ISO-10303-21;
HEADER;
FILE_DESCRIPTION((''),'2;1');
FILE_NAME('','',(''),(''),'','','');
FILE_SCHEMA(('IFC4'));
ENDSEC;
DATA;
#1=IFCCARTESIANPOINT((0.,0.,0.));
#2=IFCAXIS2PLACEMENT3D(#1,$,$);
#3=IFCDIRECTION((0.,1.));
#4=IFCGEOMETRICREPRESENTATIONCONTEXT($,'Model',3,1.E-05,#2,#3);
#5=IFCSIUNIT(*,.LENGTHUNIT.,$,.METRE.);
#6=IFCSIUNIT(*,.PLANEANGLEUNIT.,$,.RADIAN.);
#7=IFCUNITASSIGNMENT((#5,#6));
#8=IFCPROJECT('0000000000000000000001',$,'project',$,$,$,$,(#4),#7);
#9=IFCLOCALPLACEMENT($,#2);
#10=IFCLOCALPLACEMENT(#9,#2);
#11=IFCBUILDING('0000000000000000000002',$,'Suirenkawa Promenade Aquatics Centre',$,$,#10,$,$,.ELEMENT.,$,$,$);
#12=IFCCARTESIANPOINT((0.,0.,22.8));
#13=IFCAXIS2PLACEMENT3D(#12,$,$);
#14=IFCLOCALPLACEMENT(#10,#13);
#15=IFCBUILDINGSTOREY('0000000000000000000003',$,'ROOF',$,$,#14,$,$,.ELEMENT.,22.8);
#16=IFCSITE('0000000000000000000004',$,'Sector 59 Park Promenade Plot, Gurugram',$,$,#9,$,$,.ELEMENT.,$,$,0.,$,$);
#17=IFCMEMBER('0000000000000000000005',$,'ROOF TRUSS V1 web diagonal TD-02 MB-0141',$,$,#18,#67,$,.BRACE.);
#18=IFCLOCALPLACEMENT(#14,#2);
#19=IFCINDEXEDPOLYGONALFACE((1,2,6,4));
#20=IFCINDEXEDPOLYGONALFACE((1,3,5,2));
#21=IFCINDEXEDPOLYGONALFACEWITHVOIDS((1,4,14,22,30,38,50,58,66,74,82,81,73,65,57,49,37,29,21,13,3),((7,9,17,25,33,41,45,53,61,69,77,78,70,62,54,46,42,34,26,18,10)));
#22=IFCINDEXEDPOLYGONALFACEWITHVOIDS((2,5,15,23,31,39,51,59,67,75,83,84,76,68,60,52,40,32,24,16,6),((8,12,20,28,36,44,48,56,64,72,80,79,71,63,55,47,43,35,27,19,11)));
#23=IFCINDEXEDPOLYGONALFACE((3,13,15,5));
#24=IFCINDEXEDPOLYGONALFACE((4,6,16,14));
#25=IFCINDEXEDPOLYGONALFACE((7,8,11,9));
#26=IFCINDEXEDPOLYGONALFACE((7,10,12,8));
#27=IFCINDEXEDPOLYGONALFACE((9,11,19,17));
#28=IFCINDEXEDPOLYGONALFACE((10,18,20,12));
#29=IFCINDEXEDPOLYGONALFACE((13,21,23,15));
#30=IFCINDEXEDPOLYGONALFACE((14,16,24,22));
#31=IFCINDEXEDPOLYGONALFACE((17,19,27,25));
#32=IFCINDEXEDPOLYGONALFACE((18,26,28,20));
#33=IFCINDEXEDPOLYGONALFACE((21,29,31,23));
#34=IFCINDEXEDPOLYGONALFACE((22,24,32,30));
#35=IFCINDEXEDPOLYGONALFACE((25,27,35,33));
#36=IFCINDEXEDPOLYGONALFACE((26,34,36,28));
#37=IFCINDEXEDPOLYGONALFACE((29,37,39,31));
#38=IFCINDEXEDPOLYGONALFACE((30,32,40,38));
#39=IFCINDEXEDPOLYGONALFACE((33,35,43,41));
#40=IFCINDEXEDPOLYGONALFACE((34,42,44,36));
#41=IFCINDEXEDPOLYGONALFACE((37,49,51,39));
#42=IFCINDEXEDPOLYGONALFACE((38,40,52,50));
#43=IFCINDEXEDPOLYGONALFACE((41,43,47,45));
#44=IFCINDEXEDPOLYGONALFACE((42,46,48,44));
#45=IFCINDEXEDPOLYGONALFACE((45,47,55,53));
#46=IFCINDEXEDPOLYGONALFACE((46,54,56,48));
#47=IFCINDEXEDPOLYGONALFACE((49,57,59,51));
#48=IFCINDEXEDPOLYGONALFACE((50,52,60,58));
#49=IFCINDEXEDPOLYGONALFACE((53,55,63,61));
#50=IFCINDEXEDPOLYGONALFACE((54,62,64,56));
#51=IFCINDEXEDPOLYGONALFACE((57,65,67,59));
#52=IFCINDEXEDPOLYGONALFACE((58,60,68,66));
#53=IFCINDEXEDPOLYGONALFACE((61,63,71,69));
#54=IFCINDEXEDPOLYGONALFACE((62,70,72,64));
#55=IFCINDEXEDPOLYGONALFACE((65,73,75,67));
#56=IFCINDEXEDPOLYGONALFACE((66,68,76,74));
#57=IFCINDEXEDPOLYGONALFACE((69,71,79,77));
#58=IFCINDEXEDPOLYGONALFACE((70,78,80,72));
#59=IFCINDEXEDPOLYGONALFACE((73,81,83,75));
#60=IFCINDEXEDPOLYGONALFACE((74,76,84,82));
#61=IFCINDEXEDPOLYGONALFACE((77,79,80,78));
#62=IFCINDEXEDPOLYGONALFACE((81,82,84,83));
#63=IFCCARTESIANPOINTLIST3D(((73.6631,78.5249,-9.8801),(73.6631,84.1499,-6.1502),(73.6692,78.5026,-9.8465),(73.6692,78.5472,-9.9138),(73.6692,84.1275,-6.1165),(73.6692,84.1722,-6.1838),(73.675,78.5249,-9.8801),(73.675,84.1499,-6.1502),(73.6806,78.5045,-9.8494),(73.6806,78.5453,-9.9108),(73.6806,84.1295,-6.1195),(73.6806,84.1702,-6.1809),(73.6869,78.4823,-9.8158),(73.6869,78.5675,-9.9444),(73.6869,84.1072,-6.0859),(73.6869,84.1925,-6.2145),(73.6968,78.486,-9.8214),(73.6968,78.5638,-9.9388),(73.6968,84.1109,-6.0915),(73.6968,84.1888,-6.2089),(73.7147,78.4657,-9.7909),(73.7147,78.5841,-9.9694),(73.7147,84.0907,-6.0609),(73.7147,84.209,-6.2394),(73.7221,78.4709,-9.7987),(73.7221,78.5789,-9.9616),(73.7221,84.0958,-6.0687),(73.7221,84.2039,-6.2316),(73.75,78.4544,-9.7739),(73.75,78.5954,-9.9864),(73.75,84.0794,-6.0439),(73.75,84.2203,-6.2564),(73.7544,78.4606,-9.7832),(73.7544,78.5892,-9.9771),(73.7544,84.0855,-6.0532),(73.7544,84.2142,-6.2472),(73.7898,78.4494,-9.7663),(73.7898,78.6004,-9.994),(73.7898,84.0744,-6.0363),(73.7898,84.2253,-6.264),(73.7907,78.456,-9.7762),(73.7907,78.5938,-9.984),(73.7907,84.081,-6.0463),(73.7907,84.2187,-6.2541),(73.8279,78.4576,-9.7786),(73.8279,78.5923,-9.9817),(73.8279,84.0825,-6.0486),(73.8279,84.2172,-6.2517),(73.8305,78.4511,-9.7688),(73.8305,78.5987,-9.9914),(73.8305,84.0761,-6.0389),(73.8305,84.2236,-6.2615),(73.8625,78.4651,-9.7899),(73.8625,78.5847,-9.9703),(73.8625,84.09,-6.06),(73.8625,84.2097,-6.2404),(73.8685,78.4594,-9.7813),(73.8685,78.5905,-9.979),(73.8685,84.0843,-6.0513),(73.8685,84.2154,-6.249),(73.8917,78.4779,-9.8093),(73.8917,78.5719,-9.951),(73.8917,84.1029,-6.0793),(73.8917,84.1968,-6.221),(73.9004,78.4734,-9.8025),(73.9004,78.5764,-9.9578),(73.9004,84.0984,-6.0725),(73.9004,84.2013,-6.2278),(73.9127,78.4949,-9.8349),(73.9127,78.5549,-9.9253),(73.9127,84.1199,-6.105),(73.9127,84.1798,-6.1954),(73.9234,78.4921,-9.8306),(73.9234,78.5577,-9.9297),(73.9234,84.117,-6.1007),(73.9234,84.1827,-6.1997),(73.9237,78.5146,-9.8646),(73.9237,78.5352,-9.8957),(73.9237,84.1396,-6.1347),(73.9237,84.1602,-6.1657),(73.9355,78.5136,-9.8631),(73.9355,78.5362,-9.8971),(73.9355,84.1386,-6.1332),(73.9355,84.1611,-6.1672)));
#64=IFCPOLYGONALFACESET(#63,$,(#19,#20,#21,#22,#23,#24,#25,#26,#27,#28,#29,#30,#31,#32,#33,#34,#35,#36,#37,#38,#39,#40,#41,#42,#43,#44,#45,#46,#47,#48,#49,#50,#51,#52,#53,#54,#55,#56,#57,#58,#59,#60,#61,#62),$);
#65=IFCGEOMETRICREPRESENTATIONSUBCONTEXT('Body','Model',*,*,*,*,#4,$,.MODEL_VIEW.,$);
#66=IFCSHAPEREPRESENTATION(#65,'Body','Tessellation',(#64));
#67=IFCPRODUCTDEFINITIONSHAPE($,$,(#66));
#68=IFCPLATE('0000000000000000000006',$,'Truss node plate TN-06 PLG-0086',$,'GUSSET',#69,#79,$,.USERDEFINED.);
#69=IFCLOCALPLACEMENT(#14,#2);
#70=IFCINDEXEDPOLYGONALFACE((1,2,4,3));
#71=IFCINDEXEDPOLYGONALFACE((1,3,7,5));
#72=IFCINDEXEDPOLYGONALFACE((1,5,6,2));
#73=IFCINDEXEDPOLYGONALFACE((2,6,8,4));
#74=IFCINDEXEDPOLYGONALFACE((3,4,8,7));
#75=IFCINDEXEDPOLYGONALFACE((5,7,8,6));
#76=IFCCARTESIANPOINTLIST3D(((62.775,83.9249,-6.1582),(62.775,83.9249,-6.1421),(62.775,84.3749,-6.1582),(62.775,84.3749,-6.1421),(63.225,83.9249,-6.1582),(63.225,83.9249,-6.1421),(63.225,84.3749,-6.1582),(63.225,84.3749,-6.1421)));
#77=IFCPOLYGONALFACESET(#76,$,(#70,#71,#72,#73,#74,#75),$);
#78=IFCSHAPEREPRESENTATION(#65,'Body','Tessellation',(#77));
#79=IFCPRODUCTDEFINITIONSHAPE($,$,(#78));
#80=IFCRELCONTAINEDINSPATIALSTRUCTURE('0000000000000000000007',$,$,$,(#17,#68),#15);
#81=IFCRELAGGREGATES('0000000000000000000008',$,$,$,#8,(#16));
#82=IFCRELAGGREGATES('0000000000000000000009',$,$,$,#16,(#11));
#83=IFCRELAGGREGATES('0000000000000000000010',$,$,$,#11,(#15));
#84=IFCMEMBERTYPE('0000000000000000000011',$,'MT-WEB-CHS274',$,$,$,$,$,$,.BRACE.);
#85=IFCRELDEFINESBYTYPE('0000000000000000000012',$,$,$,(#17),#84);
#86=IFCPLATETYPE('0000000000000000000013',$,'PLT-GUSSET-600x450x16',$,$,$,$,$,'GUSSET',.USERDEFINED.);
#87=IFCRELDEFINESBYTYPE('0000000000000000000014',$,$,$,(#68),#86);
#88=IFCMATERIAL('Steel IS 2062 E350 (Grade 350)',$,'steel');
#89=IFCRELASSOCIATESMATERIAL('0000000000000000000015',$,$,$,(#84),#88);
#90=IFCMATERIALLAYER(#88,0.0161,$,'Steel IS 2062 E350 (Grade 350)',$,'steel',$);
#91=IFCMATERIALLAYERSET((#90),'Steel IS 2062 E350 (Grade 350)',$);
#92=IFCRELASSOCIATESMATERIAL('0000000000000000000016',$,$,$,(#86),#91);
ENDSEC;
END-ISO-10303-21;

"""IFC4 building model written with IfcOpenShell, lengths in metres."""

from ifc_helpers import new_model, si_unit, direction, frame, origin, origin_2d, place, context, subcontext, project, spatial, rectangle, hollow_circle, extrude, material, layer, layer_set, material_profile, profile_set, type_object, element, save


model = new_model("IFC4")

# Units and contexts
model_context = context("Model", 3, precision=1e-05, world=origin(), true_north=direction((0.0, 1.0)))
body_context = subcontext(model_context, "Body", "Model", "MODEL_VIEW")
ifc_project = project(units=[si_unit("LENGTHUNIT", "METRE"), si_unit("PLANEANGLEUNIT", "RADIAN")], contexts=[model_context])

# Site, building, storey
site_placement = place(None, origin())
site = spatial("IfcSite", under=ifc_project, at=site_placement, Name="Sector 59 Park Promenade Plot, Gurugram", CompositionType="ELEMENT", RefElevation=0.0)
building_placement = place(site_placement, origin())
building = spatial("IfcBuilding", under=site, at=building_placement, Name="Suirenkawa Promenade Aquatics Centre", CompositionType="ELEMENT")
storey_placement = place(building_placement, frame((0.0, 0.0, 22.8)))
storey = spatial("IfcBuildingStorey", under=building, at=storey_placement, Name="ROOF", CompositionType="ELEMENT", Elevation=22.8)

# Shared definitions
ifc_material = material(Name="Steel IS 2062 E350 (Grade 350)", Category="steel")

# Member
ifc_material_profile_1 = material_profile(ifc_material, hollow_circle(Radius=0.137, WallThickness=0.012, at=origin_2d()), Name="CHS 274x12", Category="steel")
ifc_profile_set_1 = profile_set([ifc_material_profile_1], Name="Steel IS 2062 E350 (Grade 350)")
member_type_1 = type_object("IfcMemberType", Name="MT-WEB-CHS274", PredefinedType="BRACE", material=ifc_profile_set_1)
member_1_placement = place(storey_placement, frame((73.8, 78.5249, -9.8801), z_axis=(0.0, 0.833417, 0.552645), x_axis=(-1.0, 0.0, 0.0)))
element("IfcMember", 1, at=member_1_placement, inside=storey, type_object=member_type_1, Name="ROOF TRUSS V1 web diagonal TD-02 MB-0141", PredefinedType="BRACE", context=body_context, shape_type="SweptSolid", body=[
    extrude(hollow_circle(Radius=0.137, WallThickness=0.012, at=origin_2d()), origin(), (0.0, 0.0, 1.0), 6.7493),
])

# Plate
ifc_layer = layer(ifc_material, 0.0161, Name="Steel IS 2062 E350 (Grade 350)", Category="steel")
ifc_layer_set = layer_set([ifc_layer], Name="Steel IS 2062 E350 (Grade 350)")
plate_type = type_object("IfcPlateType", Name="PLT-GUSSET-600x450x16", ElementType="GUSSET", PredefinedType="USERDEFINED", material=ifc_layer_set)
plate_placement = place(storey_placement, frame((63.0, 84.1499, -6.1582), z_axis=(0.0, 0.0, 1.0), x_axis=(1.0, 0.0, 0.0)))
element("IfcPlate", 2, at=plate_placement, inside=storey, type_object=plate_type, Name="Truss node plate TN-06 PLG-0086", ObjectType="GUSSET", PredefinedType="USERDEFINED", context=body_context, shape_type="SweptSolid", body=[
    extrude(rectangle(XDim=0.45, YDim=0.45, at=origin_2d()), origin(), (0.0, 0.0, 1.0), 0.0161),
])

save(model, "model.ifc")
